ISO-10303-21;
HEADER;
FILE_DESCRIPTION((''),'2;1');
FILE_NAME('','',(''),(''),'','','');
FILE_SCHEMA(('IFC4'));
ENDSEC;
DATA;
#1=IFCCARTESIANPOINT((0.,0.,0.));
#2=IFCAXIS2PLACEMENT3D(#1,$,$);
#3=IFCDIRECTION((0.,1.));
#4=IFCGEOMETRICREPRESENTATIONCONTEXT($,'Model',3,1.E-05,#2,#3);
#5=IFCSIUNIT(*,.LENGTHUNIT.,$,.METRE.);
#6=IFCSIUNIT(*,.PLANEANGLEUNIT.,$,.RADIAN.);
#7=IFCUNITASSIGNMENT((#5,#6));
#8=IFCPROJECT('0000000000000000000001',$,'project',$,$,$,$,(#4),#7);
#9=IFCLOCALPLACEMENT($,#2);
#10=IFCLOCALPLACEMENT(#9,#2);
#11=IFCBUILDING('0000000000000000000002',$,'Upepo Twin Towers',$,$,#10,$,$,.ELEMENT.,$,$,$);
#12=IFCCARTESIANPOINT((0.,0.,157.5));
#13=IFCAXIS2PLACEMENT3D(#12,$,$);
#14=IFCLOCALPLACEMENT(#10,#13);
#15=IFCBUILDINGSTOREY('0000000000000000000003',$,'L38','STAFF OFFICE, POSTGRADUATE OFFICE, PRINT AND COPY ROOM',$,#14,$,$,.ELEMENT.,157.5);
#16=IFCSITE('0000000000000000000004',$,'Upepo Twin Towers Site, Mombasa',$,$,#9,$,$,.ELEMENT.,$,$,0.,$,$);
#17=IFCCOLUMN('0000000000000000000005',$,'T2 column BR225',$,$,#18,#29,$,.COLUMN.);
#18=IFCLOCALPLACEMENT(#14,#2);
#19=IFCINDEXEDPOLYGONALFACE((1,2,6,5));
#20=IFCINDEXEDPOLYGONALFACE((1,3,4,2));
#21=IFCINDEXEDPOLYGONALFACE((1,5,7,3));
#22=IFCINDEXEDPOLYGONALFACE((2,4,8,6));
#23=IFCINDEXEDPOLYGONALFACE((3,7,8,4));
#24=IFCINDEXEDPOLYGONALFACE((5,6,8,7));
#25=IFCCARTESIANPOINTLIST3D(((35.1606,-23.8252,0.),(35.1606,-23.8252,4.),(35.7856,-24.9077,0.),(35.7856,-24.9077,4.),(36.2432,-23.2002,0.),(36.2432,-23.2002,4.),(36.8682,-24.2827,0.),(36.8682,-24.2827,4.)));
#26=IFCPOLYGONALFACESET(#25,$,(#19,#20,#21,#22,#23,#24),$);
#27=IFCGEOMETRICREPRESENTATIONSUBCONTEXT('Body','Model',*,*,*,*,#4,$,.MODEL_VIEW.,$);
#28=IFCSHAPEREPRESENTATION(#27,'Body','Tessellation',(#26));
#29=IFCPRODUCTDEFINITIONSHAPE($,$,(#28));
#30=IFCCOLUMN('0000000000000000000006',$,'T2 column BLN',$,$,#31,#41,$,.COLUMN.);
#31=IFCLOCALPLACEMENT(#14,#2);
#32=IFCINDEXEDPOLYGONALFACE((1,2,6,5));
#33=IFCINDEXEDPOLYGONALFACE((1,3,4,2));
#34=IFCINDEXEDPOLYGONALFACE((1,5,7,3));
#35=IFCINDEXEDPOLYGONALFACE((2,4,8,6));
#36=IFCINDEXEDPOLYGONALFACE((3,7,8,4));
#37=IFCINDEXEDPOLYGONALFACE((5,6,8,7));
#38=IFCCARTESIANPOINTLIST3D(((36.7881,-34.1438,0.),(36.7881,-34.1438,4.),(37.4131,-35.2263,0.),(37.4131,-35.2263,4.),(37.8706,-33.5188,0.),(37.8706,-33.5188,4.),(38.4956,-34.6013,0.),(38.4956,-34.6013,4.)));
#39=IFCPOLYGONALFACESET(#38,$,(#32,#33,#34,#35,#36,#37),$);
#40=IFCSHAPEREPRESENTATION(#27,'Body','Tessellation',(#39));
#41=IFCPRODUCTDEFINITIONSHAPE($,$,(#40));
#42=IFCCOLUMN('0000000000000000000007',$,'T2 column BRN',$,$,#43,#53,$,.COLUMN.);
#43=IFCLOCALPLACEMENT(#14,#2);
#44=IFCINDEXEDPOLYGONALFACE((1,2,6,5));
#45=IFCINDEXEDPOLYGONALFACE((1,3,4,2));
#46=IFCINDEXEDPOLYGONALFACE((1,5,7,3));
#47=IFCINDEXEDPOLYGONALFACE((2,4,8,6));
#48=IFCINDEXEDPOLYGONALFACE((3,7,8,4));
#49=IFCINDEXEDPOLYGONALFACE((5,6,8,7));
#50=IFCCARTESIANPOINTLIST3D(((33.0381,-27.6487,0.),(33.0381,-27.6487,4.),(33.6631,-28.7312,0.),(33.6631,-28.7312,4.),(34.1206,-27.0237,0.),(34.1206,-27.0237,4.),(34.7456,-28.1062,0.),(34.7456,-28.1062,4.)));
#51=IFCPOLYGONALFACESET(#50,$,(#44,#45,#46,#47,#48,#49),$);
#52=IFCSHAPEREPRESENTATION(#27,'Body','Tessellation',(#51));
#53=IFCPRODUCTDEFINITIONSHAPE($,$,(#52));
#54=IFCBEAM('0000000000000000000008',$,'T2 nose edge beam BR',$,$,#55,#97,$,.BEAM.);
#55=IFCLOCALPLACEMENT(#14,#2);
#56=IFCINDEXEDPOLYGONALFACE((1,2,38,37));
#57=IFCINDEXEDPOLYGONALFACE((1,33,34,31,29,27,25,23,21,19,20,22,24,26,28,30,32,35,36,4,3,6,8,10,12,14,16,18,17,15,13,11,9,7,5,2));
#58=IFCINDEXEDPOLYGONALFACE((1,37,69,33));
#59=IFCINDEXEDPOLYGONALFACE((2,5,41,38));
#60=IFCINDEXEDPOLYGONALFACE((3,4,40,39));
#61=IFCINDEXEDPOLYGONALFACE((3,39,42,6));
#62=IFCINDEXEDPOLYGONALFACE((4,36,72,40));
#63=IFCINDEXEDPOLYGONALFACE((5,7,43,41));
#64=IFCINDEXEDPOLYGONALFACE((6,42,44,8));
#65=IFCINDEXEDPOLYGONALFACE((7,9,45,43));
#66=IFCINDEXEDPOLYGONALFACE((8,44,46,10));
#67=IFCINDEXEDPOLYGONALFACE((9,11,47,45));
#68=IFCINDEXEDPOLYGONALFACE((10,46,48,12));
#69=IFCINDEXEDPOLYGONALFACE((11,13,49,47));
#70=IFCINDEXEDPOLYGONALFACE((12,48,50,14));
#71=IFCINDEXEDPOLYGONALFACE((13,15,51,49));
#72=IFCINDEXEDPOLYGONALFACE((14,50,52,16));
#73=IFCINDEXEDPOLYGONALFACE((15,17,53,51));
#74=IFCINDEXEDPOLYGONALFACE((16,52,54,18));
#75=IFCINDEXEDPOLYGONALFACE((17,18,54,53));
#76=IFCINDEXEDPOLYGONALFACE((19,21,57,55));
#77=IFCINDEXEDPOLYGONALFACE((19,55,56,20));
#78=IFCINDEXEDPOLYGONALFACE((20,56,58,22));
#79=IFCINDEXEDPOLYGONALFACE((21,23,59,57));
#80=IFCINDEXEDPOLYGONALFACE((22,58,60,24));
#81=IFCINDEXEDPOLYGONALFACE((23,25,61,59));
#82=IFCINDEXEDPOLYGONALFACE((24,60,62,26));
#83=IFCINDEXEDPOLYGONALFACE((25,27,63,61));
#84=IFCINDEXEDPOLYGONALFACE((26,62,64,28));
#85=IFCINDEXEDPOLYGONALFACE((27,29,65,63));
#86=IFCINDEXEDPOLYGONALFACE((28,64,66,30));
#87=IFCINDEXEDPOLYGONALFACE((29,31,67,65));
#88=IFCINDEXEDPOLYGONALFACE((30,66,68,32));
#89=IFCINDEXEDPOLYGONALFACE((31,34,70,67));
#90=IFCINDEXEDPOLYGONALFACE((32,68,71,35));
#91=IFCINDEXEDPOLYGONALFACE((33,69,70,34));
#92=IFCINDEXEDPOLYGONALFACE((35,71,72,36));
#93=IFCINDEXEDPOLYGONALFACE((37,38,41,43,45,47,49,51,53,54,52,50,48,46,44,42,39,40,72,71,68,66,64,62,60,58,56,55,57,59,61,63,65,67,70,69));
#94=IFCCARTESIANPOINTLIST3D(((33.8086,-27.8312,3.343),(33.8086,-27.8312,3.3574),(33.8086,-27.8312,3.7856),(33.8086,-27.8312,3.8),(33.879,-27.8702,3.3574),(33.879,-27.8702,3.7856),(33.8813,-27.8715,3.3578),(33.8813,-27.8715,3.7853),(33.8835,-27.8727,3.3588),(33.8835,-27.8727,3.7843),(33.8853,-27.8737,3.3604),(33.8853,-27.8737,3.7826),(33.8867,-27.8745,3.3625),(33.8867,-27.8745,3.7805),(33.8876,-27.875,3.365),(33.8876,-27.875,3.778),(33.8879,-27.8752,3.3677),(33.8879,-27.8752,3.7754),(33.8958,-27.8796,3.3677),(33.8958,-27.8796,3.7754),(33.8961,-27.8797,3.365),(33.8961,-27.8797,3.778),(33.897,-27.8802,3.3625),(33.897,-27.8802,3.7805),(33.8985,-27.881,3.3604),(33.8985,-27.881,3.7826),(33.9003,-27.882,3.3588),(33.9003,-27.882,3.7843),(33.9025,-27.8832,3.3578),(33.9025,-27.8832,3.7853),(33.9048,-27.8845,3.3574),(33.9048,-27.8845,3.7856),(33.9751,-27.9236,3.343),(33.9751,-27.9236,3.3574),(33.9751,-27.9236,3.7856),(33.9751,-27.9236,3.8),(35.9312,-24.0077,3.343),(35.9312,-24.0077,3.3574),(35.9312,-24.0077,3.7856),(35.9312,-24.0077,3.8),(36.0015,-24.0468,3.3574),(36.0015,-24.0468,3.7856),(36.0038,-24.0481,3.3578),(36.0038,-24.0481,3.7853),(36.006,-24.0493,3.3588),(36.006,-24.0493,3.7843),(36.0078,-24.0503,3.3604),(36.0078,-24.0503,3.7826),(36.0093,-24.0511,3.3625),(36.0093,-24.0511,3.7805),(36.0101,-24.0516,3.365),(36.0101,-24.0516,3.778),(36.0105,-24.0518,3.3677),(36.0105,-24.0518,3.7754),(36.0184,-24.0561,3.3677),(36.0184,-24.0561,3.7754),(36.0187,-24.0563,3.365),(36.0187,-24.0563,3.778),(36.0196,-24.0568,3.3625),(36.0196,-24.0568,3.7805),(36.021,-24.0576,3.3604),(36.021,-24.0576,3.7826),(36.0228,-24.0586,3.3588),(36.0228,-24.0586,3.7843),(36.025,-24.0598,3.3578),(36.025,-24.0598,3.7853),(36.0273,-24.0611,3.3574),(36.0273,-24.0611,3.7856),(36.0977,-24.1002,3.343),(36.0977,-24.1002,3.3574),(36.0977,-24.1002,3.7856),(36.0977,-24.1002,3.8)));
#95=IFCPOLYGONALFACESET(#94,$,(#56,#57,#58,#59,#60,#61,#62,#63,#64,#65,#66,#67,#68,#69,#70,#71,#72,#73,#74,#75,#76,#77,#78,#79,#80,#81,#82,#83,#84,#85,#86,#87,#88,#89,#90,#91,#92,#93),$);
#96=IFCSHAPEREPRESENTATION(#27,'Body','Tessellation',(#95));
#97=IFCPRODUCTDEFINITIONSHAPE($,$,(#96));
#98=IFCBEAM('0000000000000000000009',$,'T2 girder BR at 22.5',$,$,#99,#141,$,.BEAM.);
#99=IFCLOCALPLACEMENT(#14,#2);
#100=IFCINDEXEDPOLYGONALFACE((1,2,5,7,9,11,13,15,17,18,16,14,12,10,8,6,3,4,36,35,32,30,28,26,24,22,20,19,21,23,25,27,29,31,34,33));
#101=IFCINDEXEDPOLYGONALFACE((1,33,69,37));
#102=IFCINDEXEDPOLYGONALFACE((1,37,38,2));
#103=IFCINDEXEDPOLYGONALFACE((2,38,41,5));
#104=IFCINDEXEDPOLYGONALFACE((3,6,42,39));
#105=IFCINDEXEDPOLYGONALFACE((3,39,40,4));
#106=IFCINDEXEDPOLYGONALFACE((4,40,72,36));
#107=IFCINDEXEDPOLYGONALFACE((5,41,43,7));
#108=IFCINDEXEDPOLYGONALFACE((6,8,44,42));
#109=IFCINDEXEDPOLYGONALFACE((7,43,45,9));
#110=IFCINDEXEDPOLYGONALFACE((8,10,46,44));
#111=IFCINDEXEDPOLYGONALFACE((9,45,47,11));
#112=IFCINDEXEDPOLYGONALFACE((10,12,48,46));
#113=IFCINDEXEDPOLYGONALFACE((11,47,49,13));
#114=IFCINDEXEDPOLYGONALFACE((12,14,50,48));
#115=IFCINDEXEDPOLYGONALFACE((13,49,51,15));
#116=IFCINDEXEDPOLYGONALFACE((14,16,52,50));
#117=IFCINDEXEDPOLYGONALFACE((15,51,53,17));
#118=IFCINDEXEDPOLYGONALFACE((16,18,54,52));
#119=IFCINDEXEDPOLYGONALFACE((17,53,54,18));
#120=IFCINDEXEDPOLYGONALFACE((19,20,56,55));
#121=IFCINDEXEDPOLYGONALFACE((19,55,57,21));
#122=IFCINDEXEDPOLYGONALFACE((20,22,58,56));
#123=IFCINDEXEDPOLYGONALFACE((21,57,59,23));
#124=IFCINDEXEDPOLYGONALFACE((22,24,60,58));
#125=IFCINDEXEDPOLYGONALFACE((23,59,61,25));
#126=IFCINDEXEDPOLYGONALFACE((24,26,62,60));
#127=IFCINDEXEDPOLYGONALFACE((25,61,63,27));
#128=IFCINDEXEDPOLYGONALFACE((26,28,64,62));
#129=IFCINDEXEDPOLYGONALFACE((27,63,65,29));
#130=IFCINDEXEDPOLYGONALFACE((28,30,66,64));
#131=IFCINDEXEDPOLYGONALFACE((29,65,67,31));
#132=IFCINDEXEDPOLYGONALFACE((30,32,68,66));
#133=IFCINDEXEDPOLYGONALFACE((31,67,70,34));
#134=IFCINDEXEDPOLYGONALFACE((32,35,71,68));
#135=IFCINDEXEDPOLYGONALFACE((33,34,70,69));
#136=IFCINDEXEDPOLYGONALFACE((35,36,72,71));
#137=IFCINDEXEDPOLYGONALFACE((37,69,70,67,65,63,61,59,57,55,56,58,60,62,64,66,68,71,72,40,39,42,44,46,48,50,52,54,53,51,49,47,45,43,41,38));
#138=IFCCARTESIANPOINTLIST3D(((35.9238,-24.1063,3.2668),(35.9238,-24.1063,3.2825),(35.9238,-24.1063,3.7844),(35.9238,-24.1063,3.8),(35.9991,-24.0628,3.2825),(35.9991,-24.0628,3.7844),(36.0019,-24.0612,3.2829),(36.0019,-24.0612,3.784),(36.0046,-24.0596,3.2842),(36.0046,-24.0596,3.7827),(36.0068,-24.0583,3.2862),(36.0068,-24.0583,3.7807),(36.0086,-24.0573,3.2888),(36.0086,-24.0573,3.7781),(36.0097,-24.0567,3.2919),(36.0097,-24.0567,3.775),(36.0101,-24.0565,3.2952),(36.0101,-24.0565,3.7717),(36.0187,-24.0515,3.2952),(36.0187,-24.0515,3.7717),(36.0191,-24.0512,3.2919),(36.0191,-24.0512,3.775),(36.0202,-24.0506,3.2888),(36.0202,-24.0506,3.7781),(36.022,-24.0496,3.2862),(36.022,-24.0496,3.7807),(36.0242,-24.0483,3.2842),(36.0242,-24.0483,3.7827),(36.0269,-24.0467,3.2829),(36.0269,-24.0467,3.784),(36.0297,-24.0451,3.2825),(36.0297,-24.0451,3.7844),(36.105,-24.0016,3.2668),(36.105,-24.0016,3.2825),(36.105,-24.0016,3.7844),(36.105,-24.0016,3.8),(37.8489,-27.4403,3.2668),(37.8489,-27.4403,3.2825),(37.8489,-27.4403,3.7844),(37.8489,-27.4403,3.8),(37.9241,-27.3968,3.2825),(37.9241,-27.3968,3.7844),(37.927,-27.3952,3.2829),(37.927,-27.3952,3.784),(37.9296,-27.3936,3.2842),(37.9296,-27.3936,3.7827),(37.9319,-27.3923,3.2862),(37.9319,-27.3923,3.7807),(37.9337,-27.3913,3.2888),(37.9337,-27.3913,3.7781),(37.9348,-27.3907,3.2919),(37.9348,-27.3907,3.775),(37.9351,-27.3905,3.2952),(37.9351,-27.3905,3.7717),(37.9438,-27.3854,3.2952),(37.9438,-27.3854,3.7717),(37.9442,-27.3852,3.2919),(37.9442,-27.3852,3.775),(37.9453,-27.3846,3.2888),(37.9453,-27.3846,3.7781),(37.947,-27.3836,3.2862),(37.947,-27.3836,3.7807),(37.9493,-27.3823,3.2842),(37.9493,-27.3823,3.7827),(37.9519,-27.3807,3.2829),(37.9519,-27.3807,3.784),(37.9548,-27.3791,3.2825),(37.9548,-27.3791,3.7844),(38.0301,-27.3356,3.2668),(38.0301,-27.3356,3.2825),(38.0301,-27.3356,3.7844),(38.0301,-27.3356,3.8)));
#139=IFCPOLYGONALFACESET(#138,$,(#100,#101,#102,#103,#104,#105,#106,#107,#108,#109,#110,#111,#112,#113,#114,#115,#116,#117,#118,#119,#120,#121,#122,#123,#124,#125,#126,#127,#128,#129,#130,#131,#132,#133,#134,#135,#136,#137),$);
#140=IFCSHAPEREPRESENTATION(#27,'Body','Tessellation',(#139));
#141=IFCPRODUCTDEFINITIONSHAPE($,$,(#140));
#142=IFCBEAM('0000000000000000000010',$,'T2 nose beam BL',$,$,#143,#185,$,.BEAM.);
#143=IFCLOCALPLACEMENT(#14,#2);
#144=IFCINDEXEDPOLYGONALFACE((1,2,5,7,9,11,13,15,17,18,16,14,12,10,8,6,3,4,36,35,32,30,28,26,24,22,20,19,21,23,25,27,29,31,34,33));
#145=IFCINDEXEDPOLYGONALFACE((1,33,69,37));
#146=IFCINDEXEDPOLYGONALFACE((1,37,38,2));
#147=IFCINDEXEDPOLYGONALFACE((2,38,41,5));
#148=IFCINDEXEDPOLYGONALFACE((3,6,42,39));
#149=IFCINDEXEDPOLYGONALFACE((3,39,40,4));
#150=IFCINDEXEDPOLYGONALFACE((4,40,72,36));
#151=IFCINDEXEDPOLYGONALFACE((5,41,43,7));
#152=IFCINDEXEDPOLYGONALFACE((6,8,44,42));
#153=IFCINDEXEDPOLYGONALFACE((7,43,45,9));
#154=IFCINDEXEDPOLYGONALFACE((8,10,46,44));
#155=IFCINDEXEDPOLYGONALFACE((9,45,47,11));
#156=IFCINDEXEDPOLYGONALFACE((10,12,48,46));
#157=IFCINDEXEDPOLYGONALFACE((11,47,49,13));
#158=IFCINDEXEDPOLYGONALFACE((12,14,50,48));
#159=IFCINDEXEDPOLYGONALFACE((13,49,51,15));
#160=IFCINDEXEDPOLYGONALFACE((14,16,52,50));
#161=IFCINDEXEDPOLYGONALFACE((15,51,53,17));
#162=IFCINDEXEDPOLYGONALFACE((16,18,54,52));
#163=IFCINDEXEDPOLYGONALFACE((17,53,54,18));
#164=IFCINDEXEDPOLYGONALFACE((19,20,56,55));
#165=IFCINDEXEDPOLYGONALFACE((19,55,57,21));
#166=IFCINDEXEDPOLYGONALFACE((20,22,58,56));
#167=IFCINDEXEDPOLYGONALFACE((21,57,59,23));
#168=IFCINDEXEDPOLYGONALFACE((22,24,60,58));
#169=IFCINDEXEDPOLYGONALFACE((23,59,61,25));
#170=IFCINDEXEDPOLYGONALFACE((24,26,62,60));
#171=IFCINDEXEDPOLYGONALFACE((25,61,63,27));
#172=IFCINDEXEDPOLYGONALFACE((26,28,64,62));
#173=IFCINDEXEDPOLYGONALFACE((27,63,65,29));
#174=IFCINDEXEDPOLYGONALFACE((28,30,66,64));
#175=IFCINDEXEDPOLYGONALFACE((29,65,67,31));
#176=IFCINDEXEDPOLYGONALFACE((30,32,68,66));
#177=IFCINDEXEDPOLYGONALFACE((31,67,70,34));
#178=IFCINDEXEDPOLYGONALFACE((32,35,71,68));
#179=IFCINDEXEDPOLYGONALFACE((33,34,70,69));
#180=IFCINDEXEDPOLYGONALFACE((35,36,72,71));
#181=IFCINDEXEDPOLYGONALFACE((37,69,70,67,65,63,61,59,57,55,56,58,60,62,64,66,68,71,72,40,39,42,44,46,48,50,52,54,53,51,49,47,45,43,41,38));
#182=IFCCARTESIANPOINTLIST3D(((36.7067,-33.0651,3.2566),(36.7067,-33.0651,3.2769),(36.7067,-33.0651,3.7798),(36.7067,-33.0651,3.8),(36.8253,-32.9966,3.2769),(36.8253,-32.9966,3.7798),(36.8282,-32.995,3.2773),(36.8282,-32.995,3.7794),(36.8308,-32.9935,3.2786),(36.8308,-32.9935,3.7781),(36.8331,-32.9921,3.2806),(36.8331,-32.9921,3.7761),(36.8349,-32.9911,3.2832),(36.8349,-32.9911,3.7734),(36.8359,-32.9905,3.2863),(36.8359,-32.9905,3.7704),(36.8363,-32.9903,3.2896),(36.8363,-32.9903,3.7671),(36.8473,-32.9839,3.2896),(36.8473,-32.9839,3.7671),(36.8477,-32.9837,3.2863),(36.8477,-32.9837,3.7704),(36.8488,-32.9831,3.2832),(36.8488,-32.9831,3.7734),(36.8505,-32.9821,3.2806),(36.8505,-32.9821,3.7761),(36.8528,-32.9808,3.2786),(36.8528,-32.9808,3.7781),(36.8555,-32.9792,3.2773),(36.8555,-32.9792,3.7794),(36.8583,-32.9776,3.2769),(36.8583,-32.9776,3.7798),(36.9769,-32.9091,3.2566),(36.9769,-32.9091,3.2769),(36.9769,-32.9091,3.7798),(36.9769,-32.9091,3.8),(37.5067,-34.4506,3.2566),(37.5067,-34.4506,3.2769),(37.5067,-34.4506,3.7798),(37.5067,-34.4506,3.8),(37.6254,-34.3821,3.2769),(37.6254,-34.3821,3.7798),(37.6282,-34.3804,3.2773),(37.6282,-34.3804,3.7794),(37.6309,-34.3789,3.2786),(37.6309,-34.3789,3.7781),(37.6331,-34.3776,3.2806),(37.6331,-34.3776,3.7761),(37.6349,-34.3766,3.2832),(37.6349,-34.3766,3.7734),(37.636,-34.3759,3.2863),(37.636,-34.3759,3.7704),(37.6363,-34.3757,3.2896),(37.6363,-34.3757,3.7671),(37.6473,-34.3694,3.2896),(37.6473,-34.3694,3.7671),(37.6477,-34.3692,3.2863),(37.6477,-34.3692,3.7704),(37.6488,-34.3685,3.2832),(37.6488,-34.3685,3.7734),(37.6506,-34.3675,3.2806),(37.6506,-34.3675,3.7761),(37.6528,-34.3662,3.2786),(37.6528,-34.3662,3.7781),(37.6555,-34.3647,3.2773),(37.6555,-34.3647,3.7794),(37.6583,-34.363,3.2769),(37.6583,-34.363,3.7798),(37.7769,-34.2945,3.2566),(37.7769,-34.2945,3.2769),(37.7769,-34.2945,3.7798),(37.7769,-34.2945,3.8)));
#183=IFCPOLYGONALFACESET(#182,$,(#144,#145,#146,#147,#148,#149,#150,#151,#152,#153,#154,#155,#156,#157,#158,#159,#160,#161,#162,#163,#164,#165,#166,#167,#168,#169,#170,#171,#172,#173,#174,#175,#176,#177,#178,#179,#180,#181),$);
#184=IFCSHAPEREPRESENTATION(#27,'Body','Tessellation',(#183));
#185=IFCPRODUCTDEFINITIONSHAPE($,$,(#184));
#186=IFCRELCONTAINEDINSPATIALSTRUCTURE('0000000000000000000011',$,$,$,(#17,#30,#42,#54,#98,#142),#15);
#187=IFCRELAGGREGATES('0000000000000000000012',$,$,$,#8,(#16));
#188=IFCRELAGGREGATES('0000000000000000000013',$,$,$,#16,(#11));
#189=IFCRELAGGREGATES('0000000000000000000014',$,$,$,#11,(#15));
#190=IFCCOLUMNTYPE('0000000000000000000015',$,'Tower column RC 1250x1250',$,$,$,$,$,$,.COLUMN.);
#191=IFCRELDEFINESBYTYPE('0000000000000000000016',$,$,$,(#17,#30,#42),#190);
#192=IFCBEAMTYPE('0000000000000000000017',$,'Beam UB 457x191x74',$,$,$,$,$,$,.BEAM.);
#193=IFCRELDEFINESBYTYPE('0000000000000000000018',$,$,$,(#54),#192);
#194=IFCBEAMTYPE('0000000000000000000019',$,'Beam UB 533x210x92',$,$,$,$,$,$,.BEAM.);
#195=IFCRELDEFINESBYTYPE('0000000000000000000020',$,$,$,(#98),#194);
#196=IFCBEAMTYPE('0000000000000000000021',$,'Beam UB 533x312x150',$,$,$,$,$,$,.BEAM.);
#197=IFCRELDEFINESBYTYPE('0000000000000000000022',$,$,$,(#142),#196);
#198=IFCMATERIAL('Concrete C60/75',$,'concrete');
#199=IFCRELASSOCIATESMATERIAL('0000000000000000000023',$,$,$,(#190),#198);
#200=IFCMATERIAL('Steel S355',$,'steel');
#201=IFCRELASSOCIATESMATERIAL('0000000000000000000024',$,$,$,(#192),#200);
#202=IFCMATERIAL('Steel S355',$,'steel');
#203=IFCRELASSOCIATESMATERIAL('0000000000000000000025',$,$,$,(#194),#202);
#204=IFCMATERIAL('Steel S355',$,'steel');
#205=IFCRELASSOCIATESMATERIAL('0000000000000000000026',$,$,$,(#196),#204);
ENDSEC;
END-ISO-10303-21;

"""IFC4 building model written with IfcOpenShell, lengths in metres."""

from ifc_helpers import new_model, si_unit, direction, frame, origin, origin_2d, place, context, subcontext, project, spatial, rectangle, i_section, extrude, material, material_profile, profile_set, type_object, element, save


model = new_model("IFC4")

# Units and contexts
model_context = context("Model", 3, precision=1e-05, world=origin(), true_north=direction((0.0, 1.0)))
body_context = subcontext(model_context, "Body", "Model", "MODEL_VIEW")
ifc_project = project(units=[si_unit("LENGTHUNIT", "METRE"), si_unit("PLANEANGLEUNIT", "RADIAN")], contexts=[model_context])

# Site, building, storey
site_placement = place(None, origin())
site = spatial("IfcSite", under=ifc_project, at=site_placement, Name="Upepo Twin Towers Site, Mombasa", CompositionType="ELEMENT", RefElevation=0.0)
building_placement = place(site_placement, origin())
building = spatial("IfcBuilding", under=site, at=building_placement, Name="Upepo Twin Towers", CompositionType="ELEMENT")
storey_placement = place(building_placement, frame((0.0, 0.0, 157.5)))
storey = spatial("IfcBuildingStorey", under=building, at=storey_placement, Name="L38", Description="STAFF OFFICE, POSTGRADUATE OFFICE, PRINT AND COPY ROOM", CompositionType="ELEMENT", Elevation=157.5)

# Columns
ifc_material_1 = material(Name="Concrete C60/75", Category="concrete")
ifc_material_profile_1 = material_profile(ifc_material_1, rectangle(XDim=1.25, YDim=1.25, at=origin_2d()), Name="RC 1250x1250")
ifc_profile_set_1 = profile_set([ifc_material_profile_1], Name="Concrete C60/75")
column_type = type_object("IfcColumnType", Name="Tower column RC 1250x1250", PredefinedType="COLUMN", material=ifc_profile_set_1)
for number, where, z_axis, x_axis, name in (
    (1, (36.0144, -24.054, 0.0), (0.0, 0.0, 1.0), (0.866025, 0.5, 0.0), "T2 column BR225"),
    (2, (37.6418, -34.3726, 0.0), (0.0, 0.0, 1.0), (0.866025, 0.5, 0.0), "T2 column BLN"),
    (3, (33.8918, -27.8774, 0.0), (0.0, 0.0, 1.0), (0.866025, 0.5, 0.0), "T2 column BRN"),
):
    element("IfcColumn", number, at=place(storey_placement, frame(where, z_axis=z_axis, x_axis=x_axis)), inside=storey, type_object=column_type, Name=name, PredefinedType="COLUMN", context=body_context, shape_type="SweptSolid", body=[
        extrude(rectangle(XDim=1.25, YDim=1.25, at=origin_2d()), origin(), (0.0, 0.0, 1.0), 4.0),
    ])

# Beams
ifc_material_2 = material(Name="Steel S355", Category="steel")
ifc_material_profile_2 = material_profile(ifc_material_2, i_section(OverallWidth=0.1904, OverallDepth=0.457, WebThickness=0.009, FlangeThickness=0.0144, FilletRadius=0.0103, at=origin_2d()), Name="UB 457x191x74")
ifc_profile_set_2 = profile_set([ifc_material_profile_2], Name="Steel S355")
beam_type_1 = type_object("IfcBeamType", Name="Beam UB 457x191x74", PredefinedType="BEAM", material=ifc_profile_set_2)
beam_1_placement = place(storey_placement, frame((36.0144, -24.054, 3.5715), z_axis=(-0.485363, -0.874313, 0.0), x_axis=(0.874313, -0.485363, 0.0)))
element("IfcBeam", 4, at=beam_1_placement, inside=storey, type_object=beam_type_1, Name="T2 nose edge beam BR", PredefinedType="BEAM", context=body_context, shape_type="SweptSolid", body=[
    extrude(i_section(OverallWidth=0.1904, OverallDepth=0.457, WebThickness=0.009, FlangeThickness=0.0144, FilletRadius=0.0103, at=origin_2d()), origin(), (0.0, 0.0, 1.0), 4.373),
])
ifc_material_3 = material(Name="Steel S355", Category="steel")
ifc_material_profile_3 = material_profile(ifc_material_3, i_section(OverallWidth=0.2092, OverallDepth=0.5332, WebThickness=0.01, FlangeThickness=0.0156, FilletRadius=0.0127, at=origin_2d()), Name="UB 533x210x92")
ifc_profile_set_3 = profile_set([ifc_material_profile_3], Name="Steel S355")
beam_type_2 = type_object("IfcBeamType", Name="Beam UB 533x210x92", PredefinedType="BEAM", material=ifc_profile_set_3)
beam_2_placement = place(storey_placement, frame((36.0144, -24.054, 3.5334), z_axis=(0.500034, -0.866006, 0.0), x_axis=(0.866006, 0.500034, 0.0)))
element("IfcBeam", 5, at=beam_2_placement, inside=storey, type_object=beam_type_2, Name="T2 girder BR at 22.5", PredefinedType="BEAM", context=body_context, shape_type="SweptSolid", body=[
    extrude(i_section(OverallWidth=0.2092, OverallDepth=0.5332, WebThickness=0.01, FlangeThickness=0.0156, FilletRadius=0.0127, at=origin_2d()), origin(), (0.0, 0.0, 1.0), 3.8499),
])
ifc_material_4 = material(Name="Steel S355", Category="steel")
ifc_material_profile_4 = material_profile(ifc_material_4, i_section(OverallWidth=0.312, OverallDepth=0.5435, WebThickness=0.0127, FlangeThickness=0.0203, FilletRadius=0.0127, at=origin_2d()), Name="UB 533x312x150")
ifc_profile_set_4 = profile_set([ifc_material_profile_4], Name="Steel S355")
beam_type_3 = type_object("IfcBeamType", Name="Beam UB 533x312x150", PredefinedType="BEAM", material=ifc_profile_set_4)
for number, where, z_axis, x_axis, name in (
    (6, (37.6418, -34.3726, 3.5283), (-0.500061, 0.86599, 0.0), (-0.86599, -0.500061, 0.0), "T2 nose beam BL"),
):
    element("IfcBeam", number, at=place(storey_placement, frame(where, z_axis=z_axis, x_axis=x_axis)), inside=storey, type_object=beam_type_3, Name=name, PredefinedType="BEAM", context=body_context, shape_type="SweptSolid", body=[
        extrude(i_section(OverallWidth=0.312, OverallDepth=0.5435, WebThickness=0.0127, FlangeThickness=0.0203, FilletRadius=0.0127, at=origin_2d()), origin(), (0.0, 0.0, 1.0), 1.5999),
    ])

save(model, "model.ifc")
